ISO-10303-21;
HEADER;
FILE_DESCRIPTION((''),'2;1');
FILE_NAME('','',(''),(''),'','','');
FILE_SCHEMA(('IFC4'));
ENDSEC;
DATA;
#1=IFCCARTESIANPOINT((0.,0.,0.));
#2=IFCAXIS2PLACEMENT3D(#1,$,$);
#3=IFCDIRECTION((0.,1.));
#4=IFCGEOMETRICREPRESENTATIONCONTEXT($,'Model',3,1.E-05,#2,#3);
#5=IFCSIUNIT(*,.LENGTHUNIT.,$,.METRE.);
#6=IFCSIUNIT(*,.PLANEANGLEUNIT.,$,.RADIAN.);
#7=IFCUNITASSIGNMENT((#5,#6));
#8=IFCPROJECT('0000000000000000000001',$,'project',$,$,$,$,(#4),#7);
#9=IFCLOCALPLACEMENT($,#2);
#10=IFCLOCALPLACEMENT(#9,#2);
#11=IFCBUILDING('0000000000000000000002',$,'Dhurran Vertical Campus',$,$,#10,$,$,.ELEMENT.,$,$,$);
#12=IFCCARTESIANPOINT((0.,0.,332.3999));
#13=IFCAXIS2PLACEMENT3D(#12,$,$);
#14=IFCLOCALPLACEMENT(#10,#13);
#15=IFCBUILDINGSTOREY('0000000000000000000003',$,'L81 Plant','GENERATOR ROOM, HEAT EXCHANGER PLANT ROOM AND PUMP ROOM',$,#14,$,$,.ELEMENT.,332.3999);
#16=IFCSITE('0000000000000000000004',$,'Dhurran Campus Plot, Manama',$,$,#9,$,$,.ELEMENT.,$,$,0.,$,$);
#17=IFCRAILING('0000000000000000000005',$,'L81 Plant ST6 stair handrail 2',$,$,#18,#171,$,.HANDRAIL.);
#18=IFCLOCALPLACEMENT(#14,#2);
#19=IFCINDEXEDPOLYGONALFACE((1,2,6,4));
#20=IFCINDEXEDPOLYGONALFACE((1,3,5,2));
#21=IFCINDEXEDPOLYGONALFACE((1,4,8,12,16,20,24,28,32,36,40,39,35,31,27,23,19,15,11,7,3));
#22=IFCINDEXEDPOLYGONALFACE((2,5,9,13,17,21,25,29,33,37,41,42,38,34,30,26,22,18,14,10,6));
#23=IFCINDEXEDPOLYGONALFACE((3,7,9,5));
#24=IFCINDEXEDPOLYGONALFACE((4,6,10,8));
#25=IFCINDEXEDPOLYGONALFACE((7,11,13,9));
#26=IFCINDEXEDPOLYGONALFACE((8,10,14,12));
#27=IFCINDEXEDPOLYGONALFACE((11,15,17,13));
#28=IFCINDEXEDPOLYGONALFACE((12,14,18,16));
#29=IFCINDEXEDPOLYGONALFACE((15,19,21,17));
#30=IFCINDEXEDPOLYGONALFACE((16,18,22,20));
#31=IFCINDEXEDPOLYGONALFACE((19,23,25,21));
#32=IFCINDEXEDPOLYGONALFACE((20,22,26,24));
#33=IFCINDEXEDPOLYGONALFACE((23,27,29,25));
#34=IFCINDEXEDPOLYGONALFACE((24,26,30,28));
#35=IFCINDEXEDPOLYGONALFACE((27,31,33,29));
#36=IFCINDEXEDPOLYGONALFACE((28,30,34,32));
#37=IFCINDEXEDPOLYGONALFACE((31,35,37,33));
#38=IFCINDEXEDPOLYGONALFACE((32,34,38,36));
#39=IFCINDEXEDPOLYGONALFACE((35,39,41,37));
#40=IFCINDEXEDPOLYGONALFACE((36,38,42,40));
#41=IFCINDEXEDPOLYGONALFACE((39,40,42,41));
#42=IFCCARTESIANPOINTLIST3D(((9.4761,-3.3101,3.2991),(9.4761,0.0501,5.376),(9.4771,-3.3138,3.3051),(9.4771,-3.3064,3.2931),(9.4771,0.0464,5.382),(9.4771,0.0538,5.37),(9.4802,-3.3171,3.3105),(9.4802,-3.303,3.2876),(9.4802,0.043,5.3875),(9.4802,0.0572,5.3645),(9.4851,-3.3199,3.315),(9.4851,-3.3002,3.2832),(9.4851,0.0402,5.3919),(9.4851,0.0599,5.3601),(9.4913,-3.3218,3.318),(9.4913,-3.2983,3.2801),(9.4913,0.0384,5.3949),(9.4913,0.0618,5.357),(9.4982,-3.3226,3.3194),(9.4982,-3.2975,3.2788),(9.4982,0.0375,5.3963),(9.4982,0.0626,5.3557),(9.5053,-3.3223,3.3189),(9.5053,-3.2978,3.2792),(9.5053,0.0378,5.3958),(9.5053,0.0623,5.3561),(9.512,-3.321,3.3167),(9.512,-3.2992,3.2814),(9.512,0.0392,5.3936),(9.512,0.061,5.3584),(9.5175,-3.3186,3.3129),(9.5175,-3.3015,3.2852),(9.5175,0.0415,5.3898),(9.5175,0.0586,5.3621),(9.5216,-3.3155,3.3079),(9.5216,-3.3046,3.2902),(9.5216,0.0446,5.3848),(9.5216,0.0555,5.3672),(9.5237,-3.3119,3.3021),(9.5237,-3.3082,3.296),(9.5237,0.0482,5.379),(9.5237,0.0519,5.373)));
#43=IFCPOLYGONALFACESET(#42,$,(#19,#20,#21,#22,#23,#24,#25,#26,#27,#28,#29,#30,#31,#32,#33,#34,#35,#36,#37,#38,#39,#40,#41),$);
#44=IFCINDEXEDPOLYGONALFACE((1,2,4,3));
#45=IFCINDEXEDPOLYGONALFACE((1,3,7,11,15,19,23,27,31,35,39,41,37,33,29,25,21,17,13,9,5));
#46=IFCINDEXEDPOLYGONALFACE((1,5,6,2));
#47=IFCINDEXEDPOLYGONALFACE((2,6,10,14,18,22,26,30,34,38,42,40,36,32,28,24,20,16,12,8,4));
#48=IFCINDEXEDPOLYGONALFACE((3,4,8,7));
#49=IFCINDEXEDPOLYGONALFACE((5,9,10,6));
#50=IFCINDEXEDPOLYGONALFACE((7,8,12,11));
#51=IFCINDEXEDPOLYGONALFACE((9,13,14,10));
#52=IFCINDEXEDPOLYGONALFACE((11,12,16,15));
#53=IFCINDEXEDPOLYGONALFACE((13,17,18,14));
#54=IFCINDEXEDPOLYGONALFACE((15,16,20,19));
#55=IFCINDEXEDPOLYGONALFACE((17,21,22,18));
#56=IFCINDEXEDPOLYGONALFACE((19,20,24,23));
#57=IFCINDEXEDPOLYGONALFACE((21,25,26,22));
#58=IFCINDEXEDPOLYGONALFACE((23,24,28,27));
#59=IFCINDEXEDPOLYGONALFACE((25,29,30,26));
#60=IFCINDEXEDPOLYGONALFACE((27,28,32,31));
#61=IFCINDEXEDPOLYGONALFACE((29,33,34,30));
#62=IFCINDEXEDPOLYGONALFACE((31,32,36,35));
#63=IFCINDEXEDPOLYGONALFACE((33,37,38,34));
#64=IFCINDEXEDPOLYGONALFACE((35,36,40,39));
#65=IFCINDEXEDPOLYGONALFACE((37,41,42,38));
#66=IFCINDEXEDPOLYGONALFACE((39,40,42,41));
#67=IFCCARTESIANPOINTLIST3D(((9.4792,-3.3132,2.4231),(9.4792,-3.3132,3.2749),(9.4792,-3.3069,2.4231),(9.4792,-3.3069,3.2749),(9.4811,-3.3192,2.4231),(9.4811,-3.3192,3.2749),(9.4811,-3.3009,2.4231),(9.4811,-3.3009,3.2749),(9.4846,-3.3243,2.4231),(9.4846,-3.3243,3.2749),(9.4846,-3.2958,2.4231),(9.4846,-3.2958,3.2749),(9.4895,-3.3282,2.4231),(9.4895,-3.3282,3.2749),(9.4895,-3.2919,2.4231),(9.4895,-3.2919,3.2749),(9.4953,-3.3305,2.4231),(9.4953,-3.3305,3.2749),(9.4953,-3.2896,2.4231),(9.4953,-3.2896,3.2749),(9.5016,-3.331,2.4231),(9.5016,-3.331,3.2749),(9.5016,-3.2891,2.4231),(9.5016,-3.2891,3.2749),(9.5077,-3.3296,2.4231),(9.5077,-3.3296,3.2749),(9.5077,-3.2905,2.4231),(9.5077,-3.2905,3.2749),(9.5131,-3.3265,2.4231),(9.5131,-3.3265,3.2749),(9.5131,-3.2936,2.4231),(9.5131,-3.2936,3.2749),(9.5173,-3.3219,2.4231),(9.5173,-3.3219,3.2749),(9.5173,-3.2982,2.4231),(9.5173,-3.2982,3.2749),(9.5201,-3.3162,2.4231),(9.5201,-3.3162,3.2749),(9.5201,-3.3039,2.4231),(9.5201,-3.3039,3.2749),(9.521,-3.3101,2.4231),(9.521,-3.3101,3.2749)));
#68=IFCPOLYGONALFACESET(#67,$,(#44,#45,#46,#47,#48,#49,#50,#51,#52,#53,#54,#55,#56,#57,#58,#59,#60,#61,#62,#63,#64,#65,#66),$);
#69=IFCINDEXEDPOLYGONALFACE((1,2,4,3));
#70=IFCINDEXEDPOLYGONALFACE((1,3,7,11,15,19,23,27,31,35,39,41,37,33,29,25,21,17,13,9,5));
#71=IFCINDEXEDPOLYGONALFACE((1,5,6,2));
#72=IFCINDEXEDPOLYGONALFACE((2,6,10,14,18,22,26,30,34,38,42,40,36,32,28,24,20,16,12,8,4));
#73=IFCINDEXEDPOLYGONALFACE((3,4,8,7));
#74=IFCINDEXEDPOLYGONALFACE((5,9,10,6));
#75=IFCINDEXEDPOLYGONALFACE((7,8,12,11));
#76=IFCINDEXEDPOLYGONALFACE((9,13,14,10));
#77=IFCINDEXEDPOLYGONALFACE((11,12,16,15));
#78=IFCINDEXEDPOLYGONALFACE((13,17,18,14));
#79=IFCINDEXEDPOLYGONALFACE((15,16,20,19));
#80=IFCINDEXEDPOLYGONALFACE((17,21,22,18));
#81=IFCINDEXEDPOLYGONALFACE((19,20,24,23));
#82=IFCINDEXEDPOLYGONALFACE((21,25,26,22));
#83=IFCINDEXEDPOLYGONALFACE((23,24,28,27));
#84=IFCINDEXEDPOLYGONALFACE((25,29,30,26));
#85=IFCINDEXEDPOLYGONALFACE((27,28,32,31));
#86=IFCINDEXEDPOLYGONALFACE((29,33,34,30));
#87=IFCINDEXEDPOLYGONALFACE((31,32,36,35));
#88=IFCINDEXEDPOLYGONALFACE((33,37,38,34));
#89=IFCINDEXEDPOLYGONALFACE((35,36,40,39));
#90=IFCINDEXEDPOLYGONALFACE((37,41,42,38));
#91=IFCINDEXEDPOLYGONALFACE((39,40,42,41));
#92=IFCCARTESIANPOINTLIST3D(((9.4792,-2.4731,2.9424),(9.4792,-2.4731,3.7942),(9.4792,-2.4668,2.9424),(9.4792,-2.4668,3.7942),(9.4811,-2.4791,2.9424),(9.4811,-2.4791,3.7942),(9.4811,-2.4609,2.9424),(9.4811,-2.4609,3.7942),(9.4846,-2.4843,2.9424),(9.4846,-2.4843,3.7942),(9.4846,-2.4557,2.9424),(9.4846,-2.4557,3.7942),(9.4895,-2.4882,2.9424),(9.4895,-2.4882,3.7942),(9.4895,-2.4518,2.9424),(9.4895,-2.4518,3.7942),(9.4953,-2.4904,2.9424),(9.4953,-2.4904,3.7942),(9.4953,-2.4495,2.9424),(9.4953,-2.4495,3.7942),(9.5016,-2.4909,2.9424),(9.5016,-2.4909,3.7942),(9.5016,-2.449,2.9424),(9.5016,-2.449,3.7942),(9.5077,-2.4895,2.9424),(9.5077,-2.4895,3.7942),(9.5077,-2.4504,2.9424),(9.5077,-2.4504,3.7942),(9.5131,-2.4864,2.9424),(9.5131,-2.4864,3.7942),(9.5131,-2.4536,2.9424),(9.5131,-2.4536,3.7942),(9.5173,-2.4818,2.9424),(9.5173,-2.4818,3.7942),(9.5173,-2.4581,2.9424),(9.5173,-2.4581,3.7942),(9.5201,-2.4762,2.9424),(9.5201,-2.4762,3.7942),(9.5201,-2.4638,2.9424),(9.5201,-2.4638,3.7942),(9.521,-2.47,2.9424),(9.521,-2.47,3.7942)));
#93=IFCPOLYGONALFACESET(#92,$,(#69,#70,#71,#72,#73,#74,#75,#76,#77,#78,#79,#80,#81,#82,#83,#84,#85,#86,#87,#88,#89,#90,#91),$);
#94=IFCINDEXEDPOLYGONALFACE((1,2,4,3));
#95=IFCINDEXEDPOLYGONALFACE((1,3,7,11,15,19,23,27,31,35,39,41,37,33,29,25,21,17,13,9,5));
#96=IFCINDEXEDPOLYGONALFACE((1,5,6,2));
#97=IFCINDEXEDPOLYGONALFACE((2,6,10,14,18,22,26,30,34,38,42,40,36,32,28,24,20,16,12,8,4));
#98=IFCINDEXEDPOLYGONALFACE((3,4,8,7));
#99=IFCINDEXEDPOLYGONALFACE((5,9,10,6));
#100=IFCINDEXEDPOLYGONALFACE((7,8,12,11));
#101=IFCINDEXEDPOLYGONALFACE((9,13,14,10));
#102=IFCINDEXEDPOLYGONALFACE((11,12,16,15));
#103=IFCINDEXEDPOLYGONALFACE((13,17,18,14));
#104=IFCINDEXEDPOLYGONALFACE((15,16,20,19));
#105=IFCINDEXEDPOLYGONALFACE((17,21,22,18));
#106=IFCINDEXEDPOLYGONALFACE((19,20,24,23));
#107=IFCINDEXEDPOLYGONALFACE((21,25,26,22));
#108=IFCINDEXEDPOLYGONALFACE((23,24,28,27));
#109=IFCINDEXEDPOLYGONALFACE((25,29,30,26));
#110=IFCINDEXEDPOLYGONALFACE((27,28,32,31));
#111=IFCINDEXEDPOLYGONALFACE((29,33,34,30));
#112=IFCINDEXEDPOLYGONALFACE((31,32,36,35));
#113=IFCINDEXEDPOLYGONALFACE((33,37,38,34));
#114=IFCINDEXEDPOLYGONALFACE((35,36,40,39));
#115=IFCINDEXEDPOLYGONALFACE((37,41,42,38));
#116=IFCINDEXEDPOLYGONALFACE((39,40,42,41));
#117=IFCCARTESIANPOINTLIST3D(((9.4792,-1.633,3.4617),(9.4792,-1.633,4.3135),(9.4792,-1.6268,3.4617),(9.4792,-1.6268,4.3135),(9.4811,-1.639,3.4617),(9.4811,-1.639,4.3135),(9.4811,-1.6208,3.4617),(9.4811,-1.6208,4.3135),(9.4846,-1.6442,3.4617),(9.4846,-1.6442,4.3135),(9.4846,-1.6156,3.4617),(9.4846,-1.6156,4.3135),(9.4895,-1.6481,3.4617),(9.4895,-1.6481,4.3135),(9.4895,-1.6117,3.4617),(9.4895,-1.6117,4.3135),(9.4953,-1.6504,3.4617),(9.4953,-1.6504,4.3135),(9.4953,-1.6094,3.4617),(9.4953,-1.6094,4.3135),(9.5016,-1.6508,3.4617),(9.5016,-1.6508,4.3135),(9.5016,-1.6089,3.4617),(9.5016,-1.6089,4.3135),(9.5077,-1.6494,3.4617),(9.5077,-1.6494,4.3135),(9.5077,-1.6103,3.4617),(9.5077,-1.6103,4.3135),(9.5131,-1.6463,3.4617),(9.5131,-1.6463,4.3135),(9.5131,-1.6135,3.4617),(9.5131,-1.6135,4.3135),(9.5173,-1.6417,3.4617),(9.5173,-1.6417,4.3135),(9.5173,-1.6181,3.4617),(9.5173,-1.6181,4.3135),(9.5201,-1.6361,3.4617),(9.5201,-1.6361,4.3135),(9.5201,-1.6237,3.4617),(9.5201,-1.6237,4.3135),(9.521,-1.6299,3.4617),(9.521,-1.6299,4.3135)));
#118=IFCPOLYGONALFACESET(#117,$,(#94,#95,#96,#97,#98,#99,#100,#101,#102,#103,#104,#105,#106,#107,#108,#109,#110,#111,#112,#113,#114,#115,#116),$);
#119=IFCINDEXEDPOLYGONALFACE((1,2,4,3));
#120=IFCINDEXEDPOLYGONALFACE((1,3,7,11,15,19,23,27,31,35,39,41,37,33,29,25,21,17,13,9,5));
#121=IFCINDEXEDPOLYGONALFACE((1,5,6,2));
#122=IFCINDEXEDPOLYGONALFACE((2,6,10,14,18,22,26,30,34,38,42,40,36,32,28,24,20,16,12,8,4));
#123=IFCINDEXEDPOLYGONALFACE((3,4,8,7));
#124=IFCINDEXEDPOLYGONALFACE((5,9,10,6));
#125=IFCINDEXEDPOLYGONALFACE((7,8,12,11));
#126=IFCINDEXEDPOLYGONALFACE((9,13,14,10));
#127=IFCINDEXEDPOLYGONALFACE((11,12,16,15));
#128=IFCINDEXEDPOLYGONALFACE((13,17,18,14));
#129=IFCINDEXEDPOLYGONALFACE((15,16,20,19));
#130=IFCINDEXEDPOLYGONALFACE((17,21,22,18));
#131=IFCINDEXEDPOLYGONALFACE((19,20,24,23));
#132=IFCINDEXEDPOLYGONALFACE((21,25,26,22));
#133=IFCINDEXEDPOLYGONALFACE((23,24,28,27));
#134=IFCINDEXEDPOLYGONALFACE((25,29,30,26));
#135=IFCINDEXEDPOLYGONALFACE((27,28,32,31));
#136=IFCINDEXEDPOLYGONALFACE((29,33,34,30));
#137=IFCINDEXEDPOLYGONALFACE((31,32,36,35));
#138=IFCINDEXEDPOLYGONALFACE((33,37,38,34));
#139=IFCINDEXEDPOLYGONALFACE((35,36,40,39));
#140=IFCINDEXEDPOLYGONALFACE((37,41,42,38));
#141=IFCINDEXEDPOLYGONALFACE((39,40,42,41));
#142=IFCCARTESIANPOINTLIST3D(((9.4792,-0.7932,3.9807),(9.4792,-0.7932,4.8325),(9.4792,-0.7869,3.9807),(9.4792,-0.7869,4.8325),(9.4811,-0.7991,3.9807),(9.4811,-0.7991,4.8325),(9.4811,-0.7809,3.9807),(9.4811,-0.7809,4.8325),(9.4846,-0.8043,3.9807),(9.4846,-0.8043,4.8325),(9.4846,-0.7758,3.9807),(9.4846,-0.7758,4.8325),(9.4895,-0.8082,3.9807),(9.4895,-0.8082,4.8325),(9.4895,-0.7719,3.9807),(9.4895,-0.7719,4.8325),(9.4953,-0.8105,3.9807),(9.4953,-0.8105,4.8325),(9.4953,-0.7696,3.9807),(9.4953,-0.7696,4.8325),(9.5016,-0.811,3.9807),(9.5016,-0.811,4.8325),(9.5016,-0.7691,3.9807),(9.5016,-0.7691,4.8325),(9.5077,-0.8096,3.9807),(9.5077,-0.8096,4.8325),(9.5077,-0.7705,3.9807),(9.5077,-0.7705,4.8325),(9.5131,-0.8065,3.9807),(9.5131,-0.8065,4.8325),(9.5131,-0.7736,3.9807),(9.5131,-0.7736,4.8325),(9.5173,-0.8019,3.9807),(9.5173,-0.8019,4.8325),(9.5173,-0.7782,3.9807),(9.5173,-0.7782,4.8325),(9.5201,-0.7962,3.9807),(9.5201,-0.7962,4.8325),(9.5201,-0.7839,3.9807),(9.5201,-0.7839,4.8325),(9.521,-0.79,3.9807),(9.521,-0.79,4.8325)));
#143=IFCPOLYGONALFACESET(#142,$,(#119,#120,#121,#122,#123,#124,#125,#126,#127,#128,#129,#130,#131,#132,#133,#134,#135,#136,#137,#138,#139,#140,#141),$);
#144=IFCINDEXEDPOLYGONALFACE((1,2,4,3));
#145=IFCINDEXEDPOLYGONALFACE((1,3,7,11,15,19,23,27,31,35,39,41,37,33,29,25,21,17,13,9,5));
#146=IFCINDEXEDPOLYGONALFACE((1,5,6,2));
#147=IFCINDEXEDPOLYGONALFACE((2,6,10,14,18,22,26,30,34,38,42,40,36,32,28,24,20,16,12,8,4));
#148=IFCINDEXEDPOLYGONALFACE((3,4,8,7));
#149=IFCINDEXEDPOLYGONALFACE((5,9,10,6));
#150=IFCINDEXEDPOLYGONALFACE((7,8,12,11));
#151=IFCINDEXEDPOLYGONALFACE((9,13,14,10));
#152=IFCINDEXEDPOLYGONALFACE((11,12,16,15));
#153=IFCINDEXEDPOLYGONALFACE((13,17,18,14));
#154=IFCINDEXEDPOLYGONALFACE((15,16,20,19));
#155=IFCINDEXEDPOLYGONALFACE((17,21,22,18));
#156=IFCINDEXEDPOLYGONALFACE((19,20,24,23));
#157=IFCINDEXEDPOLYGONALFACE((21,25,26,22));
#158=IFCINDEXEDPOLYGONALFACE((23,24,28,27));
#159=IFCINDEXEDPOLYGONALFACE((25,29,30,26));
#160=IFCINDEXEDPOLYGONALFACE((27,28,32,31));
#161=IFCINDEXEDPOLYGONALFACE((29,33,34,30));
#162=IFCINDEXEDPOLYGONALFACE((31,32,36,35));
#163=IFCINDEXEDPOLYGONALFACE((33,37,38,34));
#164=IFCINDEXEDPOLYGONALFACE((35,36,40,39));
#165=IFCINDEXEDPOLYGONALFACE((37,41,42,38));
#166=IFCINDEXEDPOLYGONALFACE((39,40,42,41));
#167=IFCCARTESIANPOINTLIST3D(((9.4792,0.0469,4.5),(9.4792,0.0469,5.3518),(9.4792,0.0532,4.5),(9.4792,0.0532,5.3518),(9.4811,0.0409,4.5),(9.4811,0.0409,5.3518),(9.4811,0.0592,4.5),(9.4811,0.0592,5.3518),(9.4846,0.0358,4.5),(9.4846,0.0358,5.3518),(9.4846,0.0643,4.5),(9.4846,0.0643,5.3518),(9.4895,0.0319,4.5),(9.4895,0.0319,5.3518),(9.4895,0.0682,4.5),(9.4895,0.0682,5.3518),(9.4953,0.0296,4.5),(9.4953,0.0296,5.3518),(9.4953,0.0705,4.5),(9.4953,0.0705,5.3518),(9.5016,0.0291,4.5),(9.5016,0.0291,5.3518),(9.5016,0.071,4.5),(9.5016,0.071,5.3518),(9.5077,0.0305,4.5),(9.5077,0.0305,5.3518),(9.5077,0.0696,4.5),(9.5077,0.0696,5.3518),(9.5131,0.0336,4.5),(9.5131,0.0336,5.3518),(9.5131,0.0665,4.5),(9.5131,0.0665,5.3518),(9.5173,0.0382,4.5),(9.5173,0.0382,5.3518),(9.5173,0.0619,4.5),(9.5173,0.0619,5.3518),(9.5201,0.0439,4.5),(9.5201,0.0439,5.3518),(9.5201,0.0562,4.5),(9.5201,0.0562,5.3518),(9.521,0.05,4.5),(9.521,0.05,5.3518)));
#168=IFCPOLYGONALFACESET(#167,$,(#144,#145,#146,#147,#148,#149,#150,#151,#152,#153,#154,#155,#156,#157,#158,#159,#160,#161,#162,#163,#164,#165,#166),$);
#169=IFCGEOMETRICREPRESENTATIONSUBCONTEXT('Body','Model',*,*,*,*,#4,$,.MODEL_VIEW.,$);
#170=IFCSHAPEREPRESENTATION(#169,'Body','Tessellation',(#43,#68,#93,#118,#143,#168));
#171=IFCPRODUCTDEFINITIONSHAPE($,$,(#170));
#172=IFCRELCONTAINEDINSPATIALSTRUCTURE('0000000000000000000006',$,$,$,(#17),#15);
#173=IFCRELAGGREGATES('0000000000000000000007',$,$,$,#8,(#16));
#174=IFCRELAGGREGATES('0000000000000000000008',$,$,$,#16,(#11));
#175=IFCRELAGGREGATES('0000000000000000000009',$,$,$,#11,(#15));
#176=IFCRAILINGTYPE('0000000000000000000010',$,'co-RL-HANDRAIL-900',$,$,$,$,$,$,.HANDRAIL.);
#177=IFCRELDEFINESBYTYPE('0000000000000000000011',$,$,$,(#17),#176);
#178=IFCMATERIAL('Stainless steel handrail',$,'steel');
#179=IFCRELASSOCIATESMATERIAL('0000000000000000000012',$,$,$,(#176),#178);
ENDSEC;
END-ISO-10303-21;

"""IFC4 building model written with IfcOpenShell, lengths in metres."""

from ifc_helpers import new_model, si_unit, direction, frame, origin, origin_2d, place, context, subcontext, project, spatial, circle, extrude, material, type_object, element, save


model = new_model("IFC4")

# Units and contexts
model_context = context("Model", 3, precision=1e-05, world=origin(), true_north=direction((0.0, 1.0)))
body_context = subcontext(model_context, "Body", "Model", "MODEL_VIEW")
ifc_project = project(units=[si_unit("LENGTHUNIT", "METRE"), si_unit("PLANEANGLEUNIT", "RADIAN")], contexts=[model_context])

# Site, building, storey
site_placement = place(None, origin())
site = spatial("IfcSite", under=ifc_project, at=site_placement, Name="Dhurran Campus Plot, Manama", CompositionType="ELEMENT", RefElevation=0.0)
building_placement = place(site_placement, origin())
building = spatial("IfcBuilding", under=site, at=building_placement, Name="Dhurran Vertical Campus", CompositionType="ELEMENT")
storey_placement = place(building_placement, frame((0.0, 0.0, 332.3999)))
storey = spatial("IfcBuildingStorey", under=building, at=storey_placement, Name="L81 Plant", Description="GENERATOR ROOM, HEAT EXCHANGER PLANT ROOM AND PUMP ROOM", CompositionType="ELEMENT", Elevation=332.3999)

# Railing
ifc_material_1 = material(Name="Stainless steel handrail", Category="steel")
railing_type_1 = type_object("IfcRailingType", Name="co-RL-HANDRAIL-900", PredefinedType="HANDRAIL", material=ifc_material_1)
railing_1_placement = place(storey_placement, frame((9.5, -3.3101, 2.4231)))
element("IfcRailing", 1, at=railing_1_placement, inside=storey, type_object=railing_type_1, Name="L81 Plant ST6 stair handrail 2", PredefinedType="HANDRAIL", context=body_context, shape_type="SweptSolid", body=[
    extrude(circle(Radius=0.0239, at=origin_2d()), frame((0.0, 0.0, 0.876), z_axis=(0.0, 0.850623, 0.525776), x_axis=(-1.0, 0.0, 0.0)), (0.0, 0.0, 1.0), 3.9502),
    extrude(circle(Radius=0.021, at=origin_2d()), origin(), (0.0, 0.0, 1.0), 0.8518),
    extrude(circle(Radius=0.021, at=origin_2d()), frame((0.0, 0.8401, 0.5193)), (0.0, 0.0, 1.0), 0.8518),
    extrude(circle(Radius=0.021, at=origin_2d()), frame((0.0, 1.6802, 1.0386)), (0.0, 0.0, 1.0), 0.8518),
    extrude(circle(Radius=0.021, at=origin_2d()), frame((0.0, 2.52, 1.5576)), (0.0, 0.0, 1.0), 0.8518),
    extrude(circle(Radius=0.021, at=origin_2d()), frame((0.0, 3.3601, 2.0769)), (0.0, 0.0, 1.0), 0.8518),
])

save(model, "model.ifc")
